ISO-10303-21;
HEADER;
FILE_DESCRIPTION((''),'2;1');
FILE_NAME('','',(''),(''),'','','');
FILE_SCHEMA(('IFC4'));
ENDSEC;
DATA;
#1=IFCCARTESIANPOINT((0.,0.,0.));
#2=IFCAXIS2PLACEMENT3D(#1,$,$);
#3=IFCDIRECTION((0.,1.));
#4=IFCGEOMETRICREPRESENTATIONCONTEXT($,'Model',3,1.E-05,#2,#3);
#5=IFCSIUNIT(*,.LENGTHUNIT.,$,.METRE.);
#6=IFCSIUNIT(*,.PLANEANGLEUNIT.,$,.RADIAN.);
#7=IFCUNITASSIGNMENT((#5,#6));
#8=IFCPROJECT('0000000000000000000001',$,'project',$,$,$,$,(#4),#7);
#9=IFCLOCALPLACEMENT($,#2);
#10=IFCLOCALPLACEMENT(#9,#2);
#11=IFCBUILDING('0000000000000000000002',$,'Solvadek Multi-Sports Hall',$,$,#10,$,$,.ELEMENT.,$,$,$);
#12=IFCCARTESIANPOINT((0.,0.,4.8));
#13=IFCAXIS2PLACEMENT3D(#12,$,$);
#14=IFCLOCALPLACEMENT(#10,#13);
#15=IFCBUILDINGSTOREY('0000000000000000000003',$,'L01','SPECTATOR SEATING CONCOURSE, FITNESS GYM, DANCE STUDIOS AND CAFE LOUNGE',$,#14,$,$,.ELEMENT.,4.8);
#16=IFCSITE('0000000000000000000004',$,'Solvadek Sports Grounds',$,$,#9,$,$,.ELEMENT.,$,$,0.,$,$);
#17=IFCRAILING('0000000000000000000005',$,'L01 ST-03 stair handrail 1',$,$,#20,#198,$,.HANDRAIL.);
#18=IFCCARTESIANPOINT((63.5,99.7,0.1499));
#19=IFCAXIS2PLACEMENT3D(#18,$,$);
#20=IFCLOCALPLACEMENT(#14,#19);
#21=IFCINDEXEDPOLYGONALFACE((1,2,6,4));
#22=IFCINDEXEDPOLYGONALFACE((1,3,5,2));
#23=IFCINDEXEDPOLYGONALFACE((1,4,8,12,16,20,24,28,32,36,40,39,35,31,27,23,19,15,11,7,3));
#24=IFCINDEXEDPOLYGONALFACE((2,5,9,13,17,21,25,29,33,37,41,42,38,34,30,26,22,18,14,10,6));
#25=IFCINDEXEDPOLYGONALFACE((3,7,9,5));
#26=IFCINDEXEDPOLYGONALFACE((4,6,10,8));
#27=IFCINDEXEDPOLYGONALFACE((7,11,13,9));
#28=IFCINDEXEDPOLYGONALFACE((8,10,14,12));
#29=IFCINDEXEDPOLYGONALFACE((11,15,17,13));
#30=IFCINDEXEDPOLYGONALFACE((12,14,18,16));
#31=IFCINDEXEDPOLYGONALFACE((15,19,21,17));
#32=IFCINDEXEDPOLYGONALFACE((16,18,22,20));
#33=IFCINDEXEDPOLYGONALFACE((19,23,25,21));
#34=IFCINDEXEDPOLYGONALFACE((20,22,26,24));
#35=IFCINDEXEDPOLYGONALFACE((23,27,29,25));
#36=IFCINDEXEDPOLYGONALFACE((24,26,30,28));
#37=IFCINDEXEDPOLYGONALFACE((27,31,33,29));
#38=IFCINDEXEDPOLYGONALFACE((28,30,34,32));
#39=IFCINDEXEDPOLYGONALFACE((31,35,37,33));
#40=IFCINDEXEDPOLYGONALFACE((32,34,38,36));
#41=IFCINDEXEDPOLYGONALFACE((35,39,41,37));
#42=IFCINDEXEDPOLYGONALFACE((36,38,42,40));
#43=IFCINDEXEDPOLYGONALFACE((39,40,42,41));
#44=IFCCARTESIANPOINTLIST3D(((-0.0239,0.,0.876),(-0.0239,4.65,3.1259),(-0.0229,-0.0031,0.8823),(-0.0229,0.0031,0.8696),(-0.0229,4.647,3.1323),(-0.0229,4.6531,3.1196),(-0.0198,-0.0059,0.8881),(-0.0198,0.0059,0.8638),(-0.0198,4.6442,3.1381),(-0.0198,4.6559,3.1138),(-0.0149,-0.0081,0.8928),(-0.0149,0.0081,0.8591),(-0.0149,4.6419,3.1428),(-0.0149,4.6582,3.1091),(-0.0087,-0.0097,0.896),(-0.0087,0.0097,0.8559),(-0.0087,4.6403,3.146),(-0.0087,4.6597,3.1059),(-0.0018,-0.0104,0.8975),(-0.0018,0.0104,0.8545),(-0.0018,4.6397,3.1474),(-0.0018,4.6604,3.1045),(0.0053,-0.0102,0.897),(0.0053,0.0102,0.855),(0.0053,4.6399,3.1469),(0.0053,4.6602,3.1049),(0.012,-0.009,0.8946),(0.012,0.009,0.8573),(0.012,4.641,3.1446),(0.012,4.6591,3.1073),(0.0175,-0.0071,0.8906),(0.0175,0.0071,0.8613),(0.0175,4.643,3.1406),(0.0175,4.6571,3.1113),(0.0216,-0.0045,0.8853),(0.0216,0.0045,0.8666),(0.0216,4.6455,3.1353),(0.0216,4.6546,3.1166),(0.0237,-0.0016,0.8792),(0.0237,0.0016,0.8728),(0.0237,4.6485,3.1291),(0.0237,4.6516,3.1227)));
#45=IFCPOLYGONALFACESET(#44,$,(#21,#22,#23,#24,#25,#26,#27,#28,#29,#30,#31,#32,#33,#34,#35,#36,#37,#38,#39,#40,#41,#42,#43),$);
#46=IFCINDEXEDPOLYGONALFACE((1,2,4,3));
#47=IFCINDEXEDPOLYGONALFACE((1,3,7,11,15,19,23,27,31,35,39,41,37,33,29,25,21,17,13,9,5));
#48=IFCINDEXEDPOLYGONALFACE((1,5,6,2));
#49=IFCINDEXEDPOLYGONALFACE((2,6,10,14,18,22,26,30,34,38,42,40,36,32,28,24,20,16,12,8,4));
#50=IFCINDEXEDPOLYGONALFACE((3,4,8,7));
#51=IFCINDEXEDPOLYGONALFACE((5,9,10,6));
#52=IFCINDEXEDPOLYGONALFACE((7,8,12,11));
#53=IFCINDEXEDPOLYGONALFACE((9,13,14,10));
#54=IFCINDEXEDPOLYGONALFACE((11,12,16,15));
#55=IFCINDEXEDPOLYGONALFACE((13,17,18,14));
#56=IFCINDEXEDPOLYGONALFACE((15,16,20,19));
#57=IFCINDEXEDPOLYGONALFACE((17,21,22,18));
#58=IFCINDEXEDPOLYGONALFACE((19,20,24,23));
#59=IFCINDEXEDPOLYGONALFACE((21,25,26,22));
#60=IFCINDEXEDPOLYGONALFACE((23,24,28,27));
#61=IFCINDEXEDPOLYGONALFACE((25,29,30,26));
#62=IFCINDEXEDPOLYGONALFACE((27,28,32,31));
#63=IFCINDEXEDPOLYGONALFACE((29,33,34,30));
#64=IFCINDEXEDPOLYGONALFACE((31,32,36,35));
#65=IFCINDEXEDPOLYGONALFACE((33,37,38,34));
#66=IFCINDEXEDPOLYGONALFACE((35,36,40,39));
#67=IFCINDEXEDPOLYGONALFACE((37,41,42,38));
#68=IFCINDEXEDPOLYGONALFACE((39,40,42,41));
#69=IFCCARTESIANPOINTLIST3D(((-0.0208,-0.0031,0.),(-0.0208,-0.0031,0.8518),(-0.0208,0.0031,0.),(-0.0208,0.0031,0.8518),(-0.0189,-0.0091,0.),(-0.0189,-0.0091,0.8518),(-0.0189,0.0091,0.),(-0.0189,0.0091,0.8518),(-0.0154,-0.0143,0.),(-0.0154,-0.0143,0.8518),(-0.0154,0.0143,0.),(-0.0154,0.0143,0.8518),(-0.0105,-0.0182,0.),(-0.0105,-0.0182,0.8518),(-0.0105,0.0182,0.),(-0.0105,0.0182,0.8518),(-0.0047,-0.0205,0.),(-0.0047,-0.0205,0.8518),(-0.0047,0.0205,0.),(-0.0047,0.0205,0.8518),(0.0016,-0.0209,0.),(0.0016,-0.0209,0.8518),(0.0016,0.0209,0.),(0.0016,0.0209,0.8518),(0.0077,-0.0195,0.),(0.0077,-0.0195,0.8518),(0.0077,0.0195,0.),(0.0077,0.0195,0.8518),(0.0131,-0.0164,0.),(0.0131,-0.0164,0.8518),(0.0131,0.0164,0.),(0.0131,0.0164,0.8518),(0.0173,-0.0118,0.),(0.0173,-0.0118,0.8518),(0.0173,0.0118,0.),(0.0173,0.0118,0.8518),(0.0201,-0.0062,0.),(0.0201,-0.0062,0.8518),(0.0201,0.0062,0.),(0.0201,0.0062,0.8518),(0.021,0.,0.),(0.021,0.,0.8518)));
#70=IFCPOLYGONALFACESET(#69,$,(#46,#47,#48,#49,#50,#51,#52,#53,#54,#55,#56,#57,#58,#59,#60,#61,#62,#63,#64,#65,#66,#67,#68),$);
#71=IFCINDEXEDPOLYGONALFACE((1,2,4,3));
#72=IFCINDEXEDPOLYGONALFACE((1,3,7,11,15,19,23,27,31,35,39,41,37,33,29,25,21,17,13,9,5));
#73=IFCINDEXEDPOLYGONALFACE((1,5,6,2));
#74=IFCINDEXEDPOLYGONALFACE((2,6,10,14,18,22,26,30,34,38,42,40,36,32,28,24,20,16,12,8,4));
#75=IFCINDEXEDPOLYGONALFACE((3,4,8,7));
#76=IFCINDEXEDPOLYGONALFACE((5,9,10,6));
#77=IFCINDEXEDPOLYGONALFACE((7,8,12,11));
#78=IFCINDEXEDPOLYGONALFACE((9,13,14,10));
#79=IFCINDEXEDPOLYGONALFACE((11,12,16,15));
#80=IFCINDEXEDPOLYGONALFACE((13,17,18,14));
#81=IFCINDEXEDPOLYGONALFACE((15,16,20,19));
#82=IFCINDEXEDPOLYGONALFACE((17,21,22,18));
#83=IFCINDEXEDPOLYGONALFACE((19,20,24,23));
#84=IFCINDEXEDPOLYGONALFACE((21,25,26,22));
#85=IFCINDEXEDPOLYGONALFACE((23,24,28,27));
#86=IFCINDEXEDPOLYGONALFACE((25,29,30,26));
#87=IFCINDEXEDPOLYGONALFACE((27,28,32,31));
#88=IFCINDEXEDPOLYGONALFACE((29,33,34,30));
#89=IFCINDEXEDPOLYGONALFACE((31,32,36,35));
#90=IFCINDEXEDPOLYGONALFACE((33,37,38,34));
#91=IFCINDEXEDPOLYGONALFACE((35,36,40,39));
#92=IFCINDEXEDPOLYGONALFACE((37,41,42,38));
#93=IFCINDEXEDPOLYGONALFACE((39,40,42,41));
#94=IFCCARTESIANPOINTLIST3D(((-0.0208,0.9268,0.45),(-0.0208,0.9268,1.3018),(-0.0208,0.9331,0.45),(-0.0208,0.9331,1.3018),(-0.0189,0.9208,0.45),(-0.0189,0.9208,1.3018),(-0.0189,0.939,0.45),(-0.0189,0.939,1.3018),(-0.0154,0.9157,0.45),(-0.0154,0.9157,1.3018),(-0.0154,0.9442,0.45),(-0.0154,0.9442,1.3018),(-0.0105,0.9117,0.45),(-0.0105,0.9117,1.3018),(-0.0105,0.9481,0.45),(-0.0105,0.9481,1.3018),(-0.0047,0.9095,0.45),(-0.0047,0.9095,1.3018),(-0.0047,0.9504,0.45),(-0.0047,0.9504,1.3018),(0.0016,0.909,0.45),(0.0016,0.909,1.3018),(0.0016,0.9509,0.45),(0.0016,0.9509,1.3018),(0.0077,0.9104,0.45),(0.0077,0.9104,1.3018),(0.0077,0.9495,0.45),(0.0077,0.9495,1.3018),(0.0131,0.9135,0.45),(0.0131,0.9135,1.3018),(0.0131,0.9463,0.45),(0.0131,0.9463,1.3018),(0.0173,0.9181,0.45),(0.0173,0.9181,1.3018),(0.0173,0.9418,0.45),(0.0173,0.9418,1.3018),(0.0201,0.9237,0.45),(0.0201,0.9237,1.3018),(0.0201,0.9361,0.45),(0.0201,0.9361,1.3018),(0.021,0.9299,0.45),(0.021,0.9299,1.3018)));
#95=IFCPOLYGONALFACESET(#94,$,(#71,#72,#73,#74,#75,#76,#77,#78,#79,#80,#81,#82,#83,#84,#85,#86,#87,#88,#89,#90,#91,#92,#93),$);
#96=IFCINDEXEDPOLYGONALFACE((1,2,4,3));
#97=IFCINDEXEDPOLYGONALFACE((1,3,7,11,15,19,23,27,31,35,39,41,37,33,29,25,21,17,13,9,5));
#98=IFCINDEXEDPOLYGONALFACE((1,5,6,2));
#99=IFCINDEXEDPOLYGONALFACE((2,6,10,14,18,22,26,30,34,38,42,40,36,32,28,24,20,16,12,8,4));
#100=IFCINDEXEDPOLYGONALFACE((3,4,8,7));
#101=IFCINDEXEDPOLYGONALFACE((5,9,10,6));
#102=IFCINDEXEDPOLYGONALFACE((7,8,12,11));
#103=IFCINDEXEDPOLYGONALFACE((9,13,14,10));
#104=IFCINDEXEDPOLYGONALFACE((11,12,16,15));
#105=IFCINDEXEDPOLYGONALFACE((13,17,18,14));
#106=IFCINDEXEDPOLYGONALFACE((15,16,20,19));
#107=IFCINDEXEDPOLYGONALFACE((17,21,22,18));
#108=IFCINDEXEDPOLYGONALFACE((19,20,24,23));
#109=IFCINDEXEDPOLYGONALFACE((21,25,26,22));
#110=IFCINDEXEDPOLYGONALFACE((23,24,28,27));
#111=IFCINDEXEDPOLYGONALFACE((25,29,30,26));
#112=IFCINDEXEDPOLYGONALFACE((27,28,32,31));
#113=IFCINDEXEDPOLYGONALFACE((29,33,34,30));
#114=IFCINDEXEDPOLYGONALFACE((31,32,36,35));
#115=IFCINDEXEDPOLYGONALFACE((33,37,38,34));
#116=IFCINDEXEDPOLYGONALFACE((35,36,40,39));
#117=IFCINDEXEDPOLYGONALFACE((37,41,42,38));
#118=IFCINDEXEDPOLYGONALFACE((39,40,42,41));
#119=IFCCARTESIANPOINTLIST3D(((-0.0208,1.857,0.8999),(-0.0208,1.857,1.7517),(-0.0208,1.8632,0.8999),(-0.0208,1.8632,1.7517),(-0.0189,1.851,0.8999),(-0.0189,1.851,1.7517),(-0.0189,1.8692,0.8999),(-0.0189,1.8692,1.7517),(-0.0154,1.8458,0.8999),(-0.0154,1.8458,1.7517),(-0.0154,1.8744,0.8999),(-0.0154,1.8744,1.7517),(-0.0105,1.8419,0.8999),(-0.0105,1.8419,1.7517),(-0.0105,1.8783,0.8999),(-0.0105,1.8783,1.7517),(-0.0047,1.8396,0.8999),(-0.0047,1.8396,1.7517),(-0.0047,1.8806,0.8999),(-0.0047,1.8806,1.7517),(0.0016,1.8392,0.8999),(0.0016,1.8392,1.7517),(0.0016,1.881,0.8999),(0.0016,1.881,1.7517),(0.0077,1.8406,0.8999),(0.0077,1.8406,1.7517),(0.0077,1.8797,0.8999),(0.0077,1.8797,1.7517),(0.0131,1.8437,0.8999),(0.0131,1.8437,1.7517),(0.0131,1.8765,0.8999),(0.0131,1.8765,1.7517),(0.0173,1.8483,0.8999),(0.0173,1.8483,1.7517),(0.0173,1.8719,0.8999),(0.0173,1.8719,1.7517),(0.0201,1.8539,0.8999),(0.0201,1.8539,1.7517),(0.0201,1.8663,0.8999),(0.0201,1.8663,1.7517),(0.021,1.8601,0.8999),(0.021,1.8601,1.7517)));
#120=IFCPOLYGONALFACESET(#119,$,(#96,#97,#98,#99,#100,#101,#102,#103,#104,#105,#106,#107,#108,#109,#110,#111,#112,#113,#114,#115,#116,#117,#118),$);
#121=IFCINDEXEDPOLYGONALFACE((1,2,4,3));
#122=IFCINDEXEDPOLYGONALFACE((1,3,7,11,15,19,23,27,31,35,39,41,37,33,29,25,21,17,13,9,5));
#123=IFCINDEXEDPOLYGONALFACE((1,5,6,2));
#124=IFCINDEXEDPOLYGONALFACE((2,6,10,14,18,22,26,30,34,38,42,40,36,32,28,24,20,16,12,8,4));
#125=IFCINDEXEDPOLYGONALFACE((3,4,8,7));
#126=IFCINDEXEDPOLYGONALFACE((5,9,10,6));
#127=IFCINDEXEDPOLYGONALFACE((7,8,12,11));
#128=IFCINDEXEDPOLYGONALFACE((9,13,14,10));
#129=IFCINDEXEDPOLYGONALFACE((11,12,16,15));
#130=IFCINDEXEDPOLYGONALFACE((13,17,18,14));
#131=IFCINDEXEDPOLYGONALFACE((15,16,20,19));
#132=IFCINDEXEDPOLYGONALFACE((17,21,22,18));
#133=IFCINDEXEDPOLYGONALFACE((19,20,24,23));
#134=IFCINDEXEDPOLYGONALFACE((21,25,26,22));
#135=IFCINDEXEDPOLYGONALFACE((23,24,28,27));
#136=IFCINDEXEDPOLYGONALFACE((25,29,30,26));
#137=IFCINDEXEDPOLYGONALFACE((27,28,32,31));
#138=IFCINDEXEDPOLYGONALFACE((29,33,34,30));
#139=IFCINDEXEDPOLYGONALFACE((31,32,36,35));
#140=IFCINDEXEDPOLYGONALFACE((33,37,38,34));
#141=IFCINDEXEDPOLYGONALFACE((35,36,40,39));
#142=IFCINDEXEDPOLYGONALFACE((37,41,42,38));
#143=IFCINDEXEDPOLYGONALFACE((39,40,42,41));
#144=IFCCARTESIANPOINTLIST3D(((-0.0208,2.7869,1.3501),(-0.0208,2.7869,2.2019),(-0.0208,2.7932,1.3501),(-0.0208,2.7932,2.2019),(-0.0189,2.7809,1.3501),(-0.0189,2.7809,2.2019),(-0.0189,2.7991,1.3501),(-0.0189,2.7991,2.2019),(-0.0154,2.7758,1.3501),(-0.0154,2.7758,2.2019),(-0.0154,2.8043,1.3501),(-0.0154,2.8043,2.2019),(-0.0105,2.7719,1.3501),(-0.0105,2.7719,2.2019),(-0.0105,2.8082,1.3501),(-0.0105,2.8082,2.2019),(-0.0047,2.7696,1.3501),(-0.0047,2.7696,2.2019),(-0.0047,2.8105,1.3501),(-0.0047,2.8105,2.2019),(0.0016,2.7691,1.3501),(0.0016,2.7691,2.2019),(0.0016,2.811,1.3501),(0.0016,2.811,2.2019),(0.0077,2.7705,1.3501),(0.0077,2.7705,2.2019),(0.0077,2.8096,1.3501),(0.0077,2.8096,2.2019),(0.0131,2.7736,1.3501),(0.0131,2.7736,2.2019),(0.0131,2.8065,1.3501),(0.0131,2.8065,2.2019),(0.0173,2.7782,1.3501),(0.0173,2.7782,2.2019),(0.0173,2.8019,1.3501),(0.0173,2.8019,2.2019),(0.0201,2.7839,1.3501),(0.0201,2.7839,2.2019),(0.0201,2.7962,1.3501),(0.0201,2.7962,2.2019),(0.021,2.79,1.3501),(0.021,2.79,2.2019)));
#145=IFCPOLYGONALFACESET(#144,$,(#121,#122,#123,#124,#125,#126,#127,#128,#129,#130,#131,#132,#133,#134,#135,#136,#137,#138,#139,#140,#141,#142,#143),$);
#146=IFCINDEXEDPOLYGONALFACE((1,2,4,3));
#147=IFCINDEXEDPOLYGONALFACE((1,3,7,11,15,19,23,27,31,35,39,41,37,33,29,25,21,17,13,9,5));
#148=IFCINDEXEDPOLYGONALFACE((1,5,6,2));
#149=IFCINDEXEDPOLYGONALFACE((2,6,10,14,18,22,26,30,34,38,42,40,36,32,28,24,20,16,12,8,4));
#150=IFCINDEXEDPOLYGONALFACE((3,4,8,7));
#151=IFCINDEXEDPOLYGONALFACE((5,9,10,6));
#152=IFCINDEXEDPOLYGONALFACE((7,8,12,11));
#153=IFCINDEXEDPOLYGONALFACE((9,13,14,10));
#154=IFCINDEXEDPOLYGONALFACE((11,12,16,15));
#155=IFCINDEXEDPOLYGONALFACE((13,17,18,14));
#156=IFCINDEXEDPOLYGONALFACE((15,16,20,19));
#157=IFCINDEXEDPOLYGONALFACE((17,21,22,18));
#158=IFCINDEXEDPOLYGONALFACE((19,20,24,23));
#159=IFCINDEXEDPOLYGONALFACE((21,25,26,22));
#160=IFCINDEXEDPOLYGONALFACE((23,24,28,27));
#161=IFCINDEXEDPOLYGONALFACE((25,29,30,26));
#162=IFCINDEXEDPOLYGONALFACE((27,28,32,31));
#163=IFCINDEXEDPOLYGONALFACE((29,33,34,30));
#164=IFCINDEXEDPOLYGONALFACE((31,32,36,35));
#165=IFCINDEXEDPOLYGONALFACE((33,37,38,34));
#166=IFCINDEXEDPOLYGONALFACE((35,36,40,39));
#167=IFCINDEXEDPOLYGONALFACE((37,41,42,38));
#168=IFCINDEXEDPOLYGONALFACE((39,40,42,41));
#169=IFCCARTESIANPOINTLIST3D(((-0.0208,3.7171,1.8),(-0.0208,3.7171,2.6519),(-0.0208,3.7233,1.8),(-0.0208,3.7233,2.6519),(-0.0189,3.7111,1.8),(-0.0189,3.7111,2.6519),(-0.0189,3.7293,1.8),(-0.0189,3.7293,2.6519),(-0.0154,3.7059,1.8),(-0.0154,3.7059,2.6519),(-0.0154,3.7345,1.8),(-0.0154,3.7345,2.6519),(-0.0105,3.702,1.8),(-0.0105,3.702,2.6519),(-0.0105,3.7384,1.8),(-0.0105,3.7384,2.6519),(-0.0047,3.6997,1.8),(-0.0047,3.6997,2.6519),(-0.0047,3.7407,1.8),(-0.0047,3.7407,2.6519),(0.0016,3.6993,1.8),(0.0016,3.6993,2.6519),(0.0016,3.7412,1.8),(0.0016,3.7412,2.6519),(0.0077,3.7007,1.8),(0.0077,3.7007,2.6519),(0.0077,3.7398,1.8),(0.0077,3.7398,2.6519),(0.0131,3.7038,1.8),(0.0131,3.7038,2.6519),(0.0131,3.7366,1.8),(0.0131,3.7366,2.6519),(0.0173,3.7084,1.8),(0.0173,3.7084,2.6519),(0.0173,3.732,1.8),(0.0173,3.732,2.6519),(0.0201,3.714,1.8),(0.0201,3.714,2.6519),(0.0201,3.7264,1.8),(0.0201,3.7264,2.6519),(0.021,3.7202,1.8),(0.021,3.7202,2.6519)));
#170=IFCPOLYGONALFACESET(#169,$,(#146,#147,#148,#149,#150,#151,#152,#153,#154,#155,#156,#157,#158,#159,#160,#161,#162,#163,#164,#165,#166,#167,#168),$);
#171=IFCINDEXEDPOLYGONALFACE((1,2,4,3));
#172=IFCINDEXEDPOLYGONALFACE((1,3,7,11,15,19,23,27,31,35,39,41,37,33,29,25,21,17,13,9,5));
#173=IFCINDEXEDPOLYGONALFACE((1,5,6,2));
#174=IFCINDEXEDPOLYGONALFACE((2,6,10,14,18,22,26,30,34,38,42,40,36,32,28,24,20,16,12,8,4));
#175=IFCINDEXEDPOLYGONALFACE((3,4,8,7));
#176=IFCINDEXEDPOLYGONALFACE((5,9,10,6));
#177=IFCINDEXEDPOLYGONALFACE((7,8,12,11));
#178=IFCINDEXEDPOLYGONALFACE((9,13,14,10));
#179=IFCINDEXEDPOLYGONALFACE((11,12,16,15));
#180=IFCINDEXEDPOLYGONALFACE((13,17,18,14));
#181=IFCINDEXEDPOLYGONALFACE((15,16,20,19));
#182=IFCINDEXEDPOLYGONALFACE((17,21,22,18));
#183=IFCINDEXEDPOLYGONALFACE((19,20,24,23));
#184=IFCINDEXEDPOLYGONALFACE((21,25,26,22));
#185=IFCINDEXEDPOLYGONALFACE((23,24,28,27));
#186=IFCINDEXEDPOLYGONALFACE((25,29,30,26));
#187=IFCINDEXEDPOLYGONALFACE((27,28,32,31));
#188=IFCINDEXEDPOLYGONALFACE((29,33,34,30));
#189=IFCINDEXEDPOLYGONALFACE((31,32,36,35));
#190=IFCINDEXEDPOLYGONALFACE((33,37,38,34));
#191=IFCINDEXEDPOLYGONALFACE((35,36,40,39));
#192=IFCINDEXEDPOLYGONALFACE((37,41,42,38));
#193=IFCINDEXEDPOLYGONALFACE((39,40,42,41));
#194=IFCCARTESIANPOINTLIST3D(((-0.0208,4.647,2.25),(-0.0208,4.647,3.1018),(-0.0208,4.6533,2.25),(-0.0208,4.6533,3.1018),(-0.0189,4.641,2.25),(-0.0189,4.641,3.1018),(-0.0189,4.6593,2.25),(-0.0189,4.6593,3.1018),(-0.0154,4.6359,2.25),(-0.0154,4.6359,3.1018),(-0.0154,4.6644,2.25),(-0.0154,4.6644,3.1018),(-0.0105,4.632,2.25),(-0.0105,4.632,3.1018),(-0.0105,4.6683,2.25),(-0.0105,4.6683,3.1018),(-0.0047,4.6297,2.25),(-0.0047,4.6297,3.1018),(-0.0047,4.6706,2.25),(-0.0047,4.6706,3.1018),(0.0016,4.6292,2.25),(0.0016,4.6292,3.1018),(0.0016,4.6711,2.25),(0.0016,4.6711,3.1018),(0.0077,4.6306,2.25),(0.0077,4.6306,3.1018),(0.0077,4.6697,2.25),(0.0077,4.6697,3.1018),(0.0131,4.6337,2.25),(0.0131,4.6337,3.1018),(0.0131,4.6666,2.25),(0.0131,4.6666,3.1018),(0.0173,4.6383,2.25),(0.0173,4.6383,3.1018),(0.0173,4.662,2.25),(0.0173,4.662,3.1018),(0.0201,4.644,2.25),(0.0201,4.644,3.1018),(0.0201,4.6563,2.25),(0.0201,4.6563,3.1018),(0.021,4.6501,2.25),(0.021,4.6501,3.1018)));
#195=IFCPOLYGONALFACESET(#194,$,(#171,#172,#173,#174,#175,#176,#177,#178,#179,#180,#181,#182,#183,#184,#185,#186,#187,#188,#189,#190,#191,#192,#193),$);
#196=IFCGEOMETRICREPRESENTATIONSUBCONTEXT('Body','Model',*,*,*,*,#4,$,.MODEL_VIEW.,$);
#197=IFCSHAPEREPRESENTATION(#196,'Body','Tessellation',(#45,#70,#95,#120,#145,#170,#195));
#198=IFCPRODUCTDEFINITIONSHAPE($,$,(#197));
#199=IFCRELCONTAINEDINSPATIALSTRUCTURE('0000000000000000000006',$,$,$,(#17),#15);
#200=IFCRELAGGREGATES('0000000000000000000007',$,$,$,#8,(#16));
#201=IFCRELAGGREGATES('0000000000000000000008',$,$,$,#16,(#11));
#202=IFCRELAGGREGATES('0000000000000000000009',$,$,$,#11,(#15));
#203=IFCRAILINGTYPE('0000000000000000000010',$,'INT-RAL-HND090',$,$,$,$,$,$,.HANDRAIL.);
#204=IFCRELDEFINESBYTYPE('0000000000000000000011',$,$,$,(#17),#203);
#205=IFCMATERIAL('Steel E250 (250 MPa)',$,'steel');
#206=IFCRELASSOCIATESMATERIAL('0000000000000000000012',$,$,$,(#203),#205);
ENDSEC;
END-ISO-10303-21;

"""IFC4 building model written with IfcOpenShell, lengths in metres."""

from ifc_helpers import new_model, si_unit, direction, frame, origin, origin_2d, place, context, subcontext, project, spatial, circle, extrude, material, type_object, element, save


model = new_model("IFC4")

# Units and contexts
model_context = context("Model", 3, precision=1e-05, world=origin(), true_north=direction((0.0, 1.0)))
body_context = subcontext(model_context, "Body", "Model", "MODEL_VIEW")
ifc_project = project(units=[si_unit("LENGTHUNIT", "METRE"), si_unit("PLANEANGLEUNIT", "RADIAN")], contexts=[model_context])

# Site, building, storey
site_placement = place(None, origin())
site = spatial("IfcSite", under=ifc_project, at=site_placement, Name="Solvadek Sports Grounds", CompositionType="ELEMENT", RefElevation=0.0)
building_placement = place(site_placement, origin())
building = spatial("IfcBuilding", under=site, at=building_placement, Name="Solvadek Multi-Sports Hall", CompositionType="ELEMENT")
storey_placement = place(building_placement, frame((0.0, 0.0, 4.8)))
storey = spatial("IfcBuildingStorey", under=building, at=storey_placement, Name="L01", Description="SPECTATOR SEATING CONCOURSE, FITNESS GYM, DANCE STUDIOS AND CAFE LOUNGE", CompositionType="ELEMENT", Elevation=4.8)

# Shared definitions
ifc_material_1 = material(Name="Steel E250 (250 MPa)", Category="steel")

# Railing
railing_type_1 = type_object("IfcRailingType", Name="INT-RAL-HND090", PredefinedType="HANDRAIL", material=ifc_material_1)
railing_1_placement = place(storey_placement, frame((63.5, 99.7, 0.1499)))
element("IfcRailing", 1, at=railing_1_placement, inside=storey, type_object=railing_type_1, Name="L01 ST-03 stair handrail 1", PredefinedType="HANDRAIL", context=body_context, shape_type="SweptSolid", body=[
    extrude(circle(Radius=0.0239, at=origin_2d()), frame((0.0, 0.0, 0.876), z_axis=(0.0, 0.900165, 0.43555), x_axis=(-1.0, 0.0, 0.0)), (0.0, 0.0, 1.0), 5.1658),
    extrude(circle(Radius=0.021, at=origin_2d()), origin(), (0.0, 0.0, 1.0), 0.8518),
    extrude(circle(Radius=0.021, at=origin_2d()), frame((0.0, 0.9299, 0.45)), (0.0, 0.0, 1.0), 0.8518),
    extrude(circle(Radius=0.021, at=origin_2d()), frame((0.0, 1.8601, 0.8999)), (0.0, 0.0, 1.0), 0.8518),
    extrude(circle(Radius=0.021, at=origin_2d()), frame((0.0, 2.79, 1.3501)), (0.0, 0.0, 1.0), 0.8518),
    extrude(circle(Radius=0.021, at=origin_2d()), frame((0.0, 3.7202, 1.8)), (0.0, 0.0, 1.0), 0.8518),
    extrude(circle(Radius=0.021, at=origin_2d()), frame((0.0, 4.6501, 2.25)), (0.0, 0.0, 1.0), 0.8518),
])

save(model, "model.ifc")
